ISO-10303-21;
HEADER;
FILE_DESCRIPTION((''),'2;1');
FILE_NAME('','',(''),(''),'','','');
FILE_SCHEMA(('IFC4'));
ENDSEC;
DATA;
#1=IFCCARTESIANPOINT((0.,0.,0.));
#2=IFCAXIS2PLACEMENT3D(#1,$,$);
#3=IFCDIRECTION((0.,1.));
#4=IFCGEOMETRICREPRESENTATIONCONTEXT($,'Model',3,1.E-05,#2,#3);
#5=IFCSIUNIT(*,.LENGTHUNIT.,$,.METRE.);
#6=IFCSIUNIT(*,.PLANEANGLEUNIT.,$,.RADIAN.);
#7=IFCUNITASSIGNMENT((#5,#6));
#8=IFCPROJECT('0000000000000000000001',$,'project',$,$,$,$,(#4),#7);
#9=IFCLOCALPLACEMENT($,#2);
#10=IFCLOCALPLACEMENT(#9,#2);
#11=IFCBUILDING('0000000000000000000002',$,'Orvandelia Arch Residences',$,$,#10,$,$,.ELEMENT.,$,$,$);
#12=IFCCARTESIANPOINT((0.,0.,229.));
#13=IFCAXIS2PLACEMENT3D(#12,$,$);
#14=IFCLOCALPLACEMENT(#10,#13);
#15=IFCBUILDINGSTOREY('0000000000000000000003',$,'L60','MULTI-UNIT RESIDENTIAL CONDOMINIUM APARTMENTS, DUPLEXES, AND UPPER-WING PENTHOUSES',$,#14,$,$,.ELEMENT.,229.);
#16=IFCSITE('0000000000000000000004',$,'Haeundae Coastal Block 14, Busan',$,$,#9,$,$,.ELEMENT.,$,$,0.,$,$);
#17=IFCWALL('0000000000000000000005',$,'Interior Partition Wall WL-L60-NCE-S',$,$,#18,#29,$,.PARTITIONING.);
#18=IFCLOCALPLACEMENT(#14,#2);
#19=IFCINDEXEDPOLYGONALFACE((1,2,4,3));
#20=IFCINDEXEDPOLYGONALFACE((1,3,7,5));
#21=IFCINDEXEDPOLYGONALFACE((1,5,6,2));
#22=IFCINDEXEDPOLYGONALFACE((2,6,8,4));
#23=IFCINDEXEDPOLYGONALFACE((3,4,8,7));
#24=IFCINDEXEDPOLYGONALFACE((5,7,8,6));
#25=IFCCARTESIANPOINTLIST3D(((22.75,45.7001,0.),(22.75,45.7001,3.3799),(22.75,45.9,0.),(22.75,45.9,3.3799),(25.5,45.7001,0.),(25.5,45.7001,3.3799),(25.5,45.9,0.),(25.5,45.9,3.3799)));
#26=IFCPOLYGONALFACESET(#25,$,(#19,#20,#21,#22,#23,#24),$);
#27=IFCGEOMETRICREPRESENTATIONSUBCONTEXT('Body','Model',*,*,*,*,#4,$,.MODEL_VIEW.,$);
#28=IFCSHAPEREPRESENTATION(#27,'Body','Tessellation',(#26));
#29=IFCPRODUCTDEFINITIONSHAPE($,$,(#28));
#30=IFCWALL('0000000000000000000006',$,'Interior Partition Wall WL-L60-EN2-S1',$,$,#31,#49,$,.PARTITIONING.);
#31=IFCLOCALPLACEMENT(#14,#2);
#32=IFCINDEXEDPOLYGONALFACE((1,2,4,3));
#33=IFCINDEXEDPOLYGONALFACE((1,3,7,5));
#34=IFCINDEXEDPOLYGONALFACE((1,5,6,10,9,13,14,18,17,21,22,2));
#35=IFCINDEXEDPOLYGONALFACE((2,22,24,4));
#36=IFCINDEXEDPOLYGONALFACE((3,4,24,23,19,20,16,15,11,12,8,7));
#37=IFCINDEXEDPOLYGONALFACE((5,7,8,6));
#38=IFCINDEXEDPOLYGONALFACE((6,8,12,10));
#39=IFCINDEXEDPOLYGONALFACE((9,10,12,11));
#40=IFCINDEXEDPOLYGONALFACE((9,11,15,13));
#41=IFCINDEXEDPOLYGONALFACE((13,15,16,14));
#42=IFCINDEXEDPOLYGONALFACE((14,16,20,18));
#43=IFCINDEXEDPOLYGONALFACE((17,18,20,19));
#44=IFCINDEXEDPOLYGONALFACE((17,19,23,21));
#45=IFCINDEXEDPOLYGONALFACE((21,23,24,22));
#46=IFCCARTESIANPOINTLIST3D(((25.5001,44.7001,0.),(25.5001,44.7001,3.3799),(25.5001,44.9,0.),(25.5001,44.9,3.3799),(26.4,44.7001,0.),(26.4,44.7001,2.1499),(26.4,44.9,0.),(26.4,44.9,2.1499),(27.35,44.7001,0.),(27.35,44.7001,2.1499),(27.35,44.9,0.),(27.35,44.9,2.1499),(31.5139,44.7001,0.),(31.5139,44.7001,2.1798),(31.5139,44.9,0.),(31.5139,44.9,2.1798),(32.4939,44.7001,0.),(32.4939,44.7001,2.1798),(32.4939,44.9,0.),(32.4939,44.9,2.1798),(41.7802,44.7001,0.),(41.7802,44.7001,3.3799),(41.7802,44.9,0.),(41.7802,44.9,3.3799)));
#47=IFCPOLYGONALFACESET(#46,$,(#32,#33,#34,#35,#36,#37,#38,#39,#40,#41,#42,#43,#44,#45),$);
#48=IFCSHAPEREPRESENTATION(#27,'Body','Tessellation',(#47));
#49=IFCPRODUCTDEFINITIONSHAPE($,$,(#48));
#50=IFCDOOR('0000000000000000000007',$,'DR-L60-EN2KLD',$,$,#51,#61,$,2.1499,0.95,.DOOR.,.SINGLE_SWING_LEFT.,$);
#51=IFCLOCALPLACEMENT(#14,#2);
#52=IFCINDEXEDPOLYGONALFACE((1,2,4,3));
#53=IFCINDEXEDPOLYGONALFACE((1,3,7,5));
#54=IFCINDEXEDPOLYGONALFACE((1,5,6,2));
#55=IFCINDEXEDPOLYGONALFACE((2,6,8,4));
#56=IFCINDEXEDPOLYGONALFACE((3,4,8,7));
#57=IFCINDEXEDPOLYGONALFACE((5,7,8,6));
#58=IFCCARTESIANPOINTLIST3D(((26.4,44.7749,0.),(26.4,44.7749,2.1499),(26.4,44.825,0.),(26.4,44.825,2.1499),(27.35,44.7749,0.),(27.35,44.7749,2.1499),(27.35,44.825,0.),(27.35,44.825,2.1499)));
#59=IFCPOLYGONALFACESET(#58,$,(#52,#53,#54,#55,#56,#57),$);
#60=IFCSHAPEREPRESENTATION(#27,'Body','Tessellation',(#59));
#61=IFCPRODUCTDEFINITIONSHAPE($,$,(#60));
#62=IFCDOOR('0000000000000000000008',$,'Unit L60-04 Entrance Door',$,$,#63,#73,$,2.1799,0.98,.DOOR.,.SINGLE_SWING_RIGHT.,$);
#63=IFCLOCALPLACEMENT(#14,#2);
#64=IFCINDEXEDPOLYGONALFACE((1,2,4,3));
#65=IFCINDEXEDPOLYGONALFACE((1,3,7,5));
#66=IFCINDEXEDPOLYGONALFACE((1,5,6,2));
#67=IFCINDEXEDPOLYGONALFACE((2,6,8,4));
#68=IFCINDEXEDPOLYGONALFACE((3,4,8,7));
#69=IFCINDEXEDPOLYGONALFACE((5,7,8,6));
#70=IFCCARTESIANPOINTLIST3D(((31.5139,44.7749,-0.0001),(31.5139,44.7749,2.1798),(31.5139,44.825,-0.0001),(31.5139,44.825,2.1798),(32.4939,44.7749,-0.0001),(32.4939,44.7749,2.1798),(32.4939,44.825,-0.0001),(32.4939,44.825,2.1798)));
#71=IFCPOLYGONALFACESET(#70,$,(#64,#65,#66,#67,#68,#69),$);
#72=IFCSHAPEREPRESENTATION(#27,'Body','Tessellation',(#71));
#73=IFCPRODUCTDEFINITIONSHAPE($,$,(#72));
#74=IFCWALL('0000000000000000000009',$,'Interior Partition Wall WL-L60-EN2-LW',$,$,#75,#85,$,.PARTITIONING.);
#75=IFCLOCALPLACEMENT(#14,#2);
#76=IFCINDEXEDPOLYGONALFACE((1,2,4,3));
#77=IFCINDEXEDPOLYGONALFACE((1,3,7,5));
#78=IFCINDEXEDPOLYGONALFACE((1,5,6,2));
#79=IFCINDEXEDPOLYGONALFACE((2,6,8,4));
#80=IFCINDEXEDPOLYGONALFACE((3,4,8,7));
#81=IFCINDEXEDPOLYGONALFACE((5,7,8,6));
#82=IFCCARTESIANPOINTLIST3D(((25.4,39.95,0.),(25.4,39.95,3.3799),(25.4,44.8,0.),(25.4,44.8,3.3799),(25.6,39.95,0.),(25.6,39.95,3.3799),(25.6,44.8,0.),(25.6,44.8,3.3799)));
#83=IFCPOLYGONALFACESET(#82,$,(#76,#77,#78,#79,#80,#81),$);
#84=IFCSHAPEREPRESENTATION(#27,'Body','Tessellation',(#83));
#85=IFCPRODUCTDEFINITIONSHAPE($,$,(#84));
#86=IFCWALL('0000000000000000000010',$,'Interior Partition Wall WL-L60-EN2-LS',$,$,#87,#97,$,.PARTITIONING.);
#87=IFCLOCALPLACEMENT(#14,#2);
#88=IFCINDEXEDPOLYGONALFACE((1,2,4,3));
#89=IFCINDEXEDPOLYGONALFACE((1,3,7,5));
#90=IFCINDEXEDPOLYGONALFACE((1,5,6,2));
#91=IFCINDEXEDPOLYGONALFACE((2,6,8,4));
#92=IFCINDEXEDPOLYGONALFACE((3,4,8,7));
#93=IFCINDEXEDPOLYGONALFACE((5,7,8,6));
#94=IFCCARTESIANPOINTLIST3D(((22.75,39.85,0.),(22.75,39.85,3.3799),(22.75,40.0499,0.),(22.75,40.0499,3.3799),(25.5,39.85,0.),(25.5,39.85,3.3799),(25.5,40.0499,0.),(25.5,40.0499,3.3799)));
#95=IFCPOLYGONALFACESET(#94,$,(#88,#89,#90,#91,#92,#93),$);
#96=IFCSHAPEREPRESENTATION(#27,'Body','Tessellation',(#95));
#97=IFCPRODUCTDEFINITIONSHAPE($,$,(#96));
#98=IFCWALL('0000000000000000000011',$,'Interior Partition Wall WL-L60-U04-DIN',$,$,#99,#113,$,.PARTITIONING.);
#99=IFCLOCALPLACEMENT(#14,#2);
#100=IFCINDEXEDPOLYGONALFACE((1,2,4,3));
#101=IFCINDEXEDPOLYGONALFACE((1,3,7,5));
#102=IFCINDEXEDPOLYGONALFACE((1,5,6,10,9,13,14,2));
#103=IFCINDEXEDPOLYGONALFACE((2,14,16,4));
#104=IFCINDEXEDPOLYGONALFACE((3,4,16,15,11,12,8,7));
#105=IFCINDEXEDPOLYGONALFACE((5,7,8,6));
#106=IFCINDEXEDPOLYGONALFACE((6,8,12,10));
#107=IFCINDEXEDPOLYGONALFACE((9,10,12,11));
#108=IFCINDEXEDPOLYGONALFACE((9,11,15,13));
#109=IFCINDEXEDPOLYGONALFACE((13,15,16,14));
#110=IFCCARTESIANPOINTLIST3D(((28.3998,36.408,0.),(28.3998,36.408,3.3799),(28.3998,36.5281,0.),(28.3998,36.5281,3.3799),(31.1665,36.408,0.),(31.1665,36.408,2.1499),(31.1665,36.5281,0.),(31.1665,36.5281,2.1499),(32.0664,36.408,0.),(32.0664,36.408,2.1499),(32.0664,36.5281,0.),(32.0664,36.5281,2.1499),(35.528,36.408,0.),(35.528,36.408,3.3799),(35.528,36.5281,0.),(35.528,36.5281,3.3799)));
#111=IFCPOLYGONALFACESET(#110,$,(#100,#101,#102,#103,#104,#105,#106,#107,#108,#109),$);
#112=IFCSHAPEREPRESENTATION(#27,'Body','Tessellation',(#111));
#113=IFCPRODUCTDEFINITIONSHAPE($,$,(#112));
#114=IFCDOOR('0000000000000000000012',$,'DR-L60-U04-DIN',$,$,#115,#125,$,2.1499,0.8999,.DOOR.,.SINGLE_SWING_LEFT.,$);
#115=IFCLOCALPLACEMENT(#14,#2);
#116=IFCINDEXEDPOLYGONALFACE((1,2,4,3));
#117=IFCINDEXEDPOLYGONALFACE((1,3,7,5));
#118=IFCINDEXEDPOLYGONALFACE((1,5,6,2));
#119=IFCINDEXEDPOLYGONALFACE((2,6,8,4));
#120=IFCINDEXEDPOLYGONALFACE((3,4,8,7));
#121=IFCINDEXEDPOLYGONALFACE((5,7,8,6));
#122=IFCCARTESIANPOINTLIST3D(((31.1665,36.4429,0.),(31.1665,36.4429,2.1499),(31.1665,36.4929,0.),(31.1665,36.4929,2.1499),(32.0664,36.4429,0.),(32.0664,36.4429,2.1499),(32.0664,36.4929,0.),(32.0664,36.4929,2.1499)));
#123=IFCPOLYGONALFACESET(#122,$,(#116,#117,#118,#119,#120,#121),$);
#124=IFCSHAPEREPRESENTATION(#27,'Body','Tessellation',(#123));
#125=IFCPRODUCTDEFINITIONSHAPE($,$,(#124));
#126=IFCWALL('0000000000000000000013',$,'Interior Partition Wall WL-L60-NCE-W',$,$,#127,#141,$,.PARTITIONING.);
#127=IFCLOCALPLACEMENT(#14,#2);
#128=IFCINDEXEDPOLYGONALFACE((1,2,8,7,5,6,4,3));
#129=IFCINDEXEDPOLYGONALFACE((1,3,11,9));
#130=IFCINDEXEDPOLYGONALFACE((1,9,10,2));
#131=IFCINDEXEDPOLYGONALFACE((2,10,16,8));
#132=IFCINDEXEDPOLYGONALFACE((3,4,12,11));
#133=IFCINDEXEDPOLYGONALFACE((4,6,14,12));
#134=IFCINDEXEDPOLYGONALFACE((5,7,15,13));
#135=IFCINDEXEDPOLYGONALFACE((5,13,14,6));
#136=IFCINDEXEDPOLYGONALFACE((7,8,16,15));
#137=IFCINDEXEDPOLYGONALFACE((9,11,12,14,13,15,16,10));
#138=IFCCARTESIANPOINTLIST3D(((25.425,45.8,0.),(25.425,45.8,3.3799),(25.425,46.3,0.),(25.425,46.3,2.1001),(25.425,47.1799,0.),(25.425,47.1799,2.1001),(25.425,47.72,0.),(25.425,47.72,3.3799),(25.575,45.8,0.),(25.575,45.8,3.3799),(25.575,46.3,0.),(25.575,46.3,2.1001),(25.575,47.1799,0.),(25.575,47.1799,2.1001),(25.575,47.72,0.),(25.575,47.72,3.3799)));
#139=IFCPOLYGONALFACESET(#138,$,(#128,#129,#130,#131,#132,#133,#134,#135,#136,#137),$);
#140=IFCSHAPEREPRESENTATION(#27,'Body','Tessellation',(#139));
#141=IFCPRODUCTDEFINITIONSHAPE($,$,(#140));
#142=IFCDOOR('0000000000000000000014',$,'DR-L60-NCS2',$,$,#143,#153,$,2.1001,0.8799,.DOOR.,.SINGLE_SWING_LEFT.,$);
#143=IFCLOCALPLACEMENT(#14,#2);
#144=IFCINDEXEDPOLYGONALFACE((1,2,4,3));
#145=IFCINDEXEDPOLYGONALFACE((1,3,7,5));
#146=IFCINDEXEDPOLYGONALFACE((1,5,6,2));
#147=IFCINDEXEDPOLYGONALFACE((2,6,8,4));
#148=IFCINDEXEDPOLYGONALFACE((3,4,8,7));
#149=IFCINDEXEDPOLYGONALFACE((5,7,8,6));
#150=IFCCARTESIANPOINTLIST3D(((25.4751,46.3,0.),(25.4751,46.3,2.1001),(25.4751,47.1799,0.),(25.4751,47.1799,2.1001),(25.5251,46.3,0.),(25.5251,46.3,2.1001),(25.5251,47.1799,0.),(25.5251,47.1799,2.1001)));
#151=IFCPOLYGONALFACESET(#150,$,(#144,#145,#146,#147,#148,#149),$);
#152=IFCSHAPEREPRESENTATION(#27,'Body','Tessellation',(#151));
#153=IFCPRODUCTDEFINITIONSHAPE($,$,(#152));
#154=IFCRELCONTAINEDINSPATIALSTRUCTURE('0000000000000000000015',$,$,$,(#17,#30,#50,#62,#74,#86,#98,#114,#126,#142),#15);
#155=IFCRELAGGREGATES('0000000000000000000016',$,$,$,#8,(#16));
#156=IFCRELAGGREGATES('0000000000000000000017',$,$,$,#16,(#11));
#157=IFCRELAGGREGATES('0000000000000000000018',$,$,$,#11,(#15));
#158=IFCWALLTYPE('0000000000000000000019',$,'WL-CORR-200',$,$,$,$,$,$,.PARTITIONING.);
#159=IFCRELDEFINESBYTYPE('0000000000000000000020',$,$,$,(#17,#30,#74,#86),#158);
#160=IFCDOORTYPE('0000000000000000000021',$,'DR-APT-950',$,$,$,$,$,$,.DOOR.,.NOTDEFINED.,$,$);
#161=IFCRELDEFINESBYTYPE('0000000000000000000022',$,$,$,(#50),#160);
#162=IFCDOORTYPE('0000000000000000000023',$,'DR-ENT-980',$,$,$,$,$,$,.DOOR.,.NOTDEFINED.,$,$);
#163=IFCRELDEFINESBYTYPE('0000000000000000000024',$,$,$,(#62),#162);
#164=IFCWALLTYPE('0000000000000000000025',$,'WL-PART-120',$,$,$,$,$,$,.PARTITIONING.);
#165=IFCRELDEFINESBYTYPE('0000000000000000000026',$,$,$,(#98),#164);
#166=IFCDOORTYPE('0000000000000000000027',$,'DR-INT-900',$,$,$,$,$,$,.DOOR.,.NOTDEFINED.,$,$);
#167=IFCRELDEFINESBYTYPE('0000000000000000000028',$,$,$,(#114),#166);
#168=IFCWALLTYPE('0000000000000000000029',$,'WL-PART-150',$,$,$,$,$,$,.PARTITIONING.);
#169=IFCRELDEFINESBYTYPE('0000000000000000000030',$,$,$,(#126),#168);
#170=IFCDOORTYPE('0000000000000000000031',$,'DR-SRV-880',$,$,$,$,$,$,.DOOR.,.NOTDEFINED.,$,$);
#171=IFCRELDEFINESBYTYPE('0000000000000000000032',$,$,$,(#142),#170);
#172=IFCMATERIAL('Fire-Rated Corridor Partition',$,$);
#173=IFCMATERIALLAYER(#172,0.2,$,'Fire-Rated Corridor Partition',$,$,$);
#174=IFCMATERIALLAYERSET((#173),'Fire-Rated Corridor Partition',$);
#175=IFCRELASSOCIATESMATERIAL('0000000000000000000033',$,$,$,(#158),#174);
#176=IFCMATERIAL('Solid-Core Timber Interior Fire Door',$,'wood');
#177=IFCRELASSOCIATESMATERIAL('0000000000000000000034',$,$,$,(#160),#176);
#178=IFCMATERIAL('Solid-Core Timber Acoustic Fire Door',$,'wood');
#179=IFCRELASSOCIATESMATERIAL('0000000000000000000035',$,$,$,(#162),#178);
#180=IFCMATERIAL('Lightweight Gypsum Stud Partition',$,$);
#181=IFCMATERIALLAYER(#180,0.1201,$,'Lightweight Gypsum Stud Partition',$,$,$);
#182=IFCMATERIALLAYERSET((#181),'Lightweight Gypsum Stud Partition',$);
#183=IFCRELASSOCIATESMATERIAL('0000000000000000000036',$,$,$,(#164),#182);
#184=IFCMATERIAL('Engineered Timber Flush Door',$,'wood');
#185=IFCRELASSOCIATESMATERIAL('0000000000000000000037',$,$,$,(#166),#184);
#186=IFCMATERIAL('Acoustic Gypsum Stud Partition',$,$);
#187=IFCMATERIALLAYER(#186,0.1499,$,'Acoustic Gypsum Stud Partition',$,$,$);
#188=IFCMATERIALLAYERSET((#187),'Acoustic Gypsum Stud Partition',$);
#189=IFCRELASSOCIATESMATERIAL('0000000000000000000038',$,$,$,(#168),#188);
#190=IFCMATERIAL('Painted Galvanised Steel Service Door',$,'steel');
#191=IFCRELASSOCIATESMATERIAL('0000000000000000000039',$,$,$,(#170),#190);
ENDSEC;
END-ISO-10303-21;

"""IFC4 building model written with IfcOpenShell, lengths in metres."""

from ifc_helpers import new_model, si_unit, direction, frame, frame_2d, origin, place, context, subcontext, project, spatial, rectangle, extrude, material, layer, layer_set, type_object, element, fill, save


model = new_model("IFC4")

# Units and contexts
model_context = context("Model", 3, precision=1e-05, world=origin(), true_north=direction((0.0, 1.0)))
body_context = subcontext(model_context, "Body", "Model", "MODEL_VIEW")
ifc_project = project(units=[si_unit("LENGTHUNIT", "METRE"), si_unit("PLANEANGLEUNIT", "RADIAN")], contexts=[model_context])

# Site, building, storey
site_placement = place(None, origin())
site = spatial("IfcSite", under=ifc_project, at=site_placement, Name="Haeundae Coastal Block 14, Busan", CompositionType="ELEMENT", RefElevation=0.0)
building_placement = place(site_placement, origin())
building = spatial("IfcBuilding", under=site, at=building_placement, Name="Orvandelia Arch Residences", CompositionType="ELEMENT")
storey_placement = place(building_placement, frame((0.0, 0.0, 229.0)))
storey = spatial("IfcBuildingStorey", under=building, at=storey_placement, Name="L60", Description="MULTI-UNIT RESIDENTIAL CONDOMINIUM APARTMENTS, DUPLEXES, AND UPPER-WING PENTHOUSES", CompositionType="ELEMENT", Elevation=229.0)

# Wall
ifc_material_1 = material(Name="Fire-Rated Corridor Partition")
ifc_layer_1 = layer(ifc_material_1, 0.2, Name="Fire-Rated Corridor Partition")
ifc_layer_set_1 = layer_set([ifc_layer_1], Name="Fire-Rated Corridor Partition")
wall_type_1 = type_object("IfcWallType", Name="WL-CORR-200", PredefinedType="PARTITIONING", material=ifc_layer_set_1)
wall_1_placement = place(storey_placement, frame((22.75, 45.8, 0.0), z_axis=(0.0, 0.0, 1.0), x_axis=(1.0, 0.0, 0.0)))
element("IfcWall", 1, at=wall_1_placement, inside=storey, type_object=wall_type_1, Name="Interior Partition Wall WL-L60-NCE-S", PredefinedType="PARTITIONING", context=body_context, shape_type="SweptSolid", body=[
    extrude(rectangle(XDim=2.75, YDim=0.2, at=frame_2d((1.375, 0.0))), origin(), (0.0, 0.0, 1.0), 3.3799),
])

# Wall, openings, doors
wall_2_placement = place(storey_placement, frame((25.5, 44.8, 0.0), z_axis=(0.0, 0.0, 1.0), x_axis=(1.0, 0.0, 0.0)))
wall_2 = element("IfcWall", 2, at=wall_2_placement, inside=storey, type_object=wall_type_1, Name="Interior Partition Wall WL-L60-EN2-S1", PredefinedType="PARTITIONING", context=body_context, shape_type="SweptSolid", body=[
    extrude(rectangle(XDim=16.28, YDim=0.2, at=frame_2d((8.1401, 0.0))), origin(), (0.0, 0.0, 1.0), 3.3799),
])
opening_1_placement = place(wall_2_placement, frame((0.8999, 0.0, 0.0)))
opening_1 = element("IfcOpeningElement", 3, at=opening_1_placement, cuts=wall_2, PredefinedType="OPENING", context=body_context, shape_type="SweptSolid", body=[
    extrude(rectangle(XDim=0.95, YDim=2.1499, at=frame_2d((0.4751, 1.075))), frame((0.0, 0.1099, 0.0), z_axis=(0.0, -1.0, 0.0), x_axis=(1.0, 0.0, 0.0)), (0.0, 0.0, 1.0), 0.22),
])
opening_2_placement = place(wall_2_placement, frame((6.0139, 0.0, 0.0)))
opening_2 = element("IfcOpeningElement", 4, at=opening_2_placement, cuts=wall_2, PredefinedType="OPENING", context=body_context, shape_type="SweptSolid", body=[
    extrude(rectangle(XDim=0.98, YDim=2.1799, at=frame_2d((0.49, 1.0898))), frame((0.0, 0.1099, 0.0), z_axis=(0.0, -1.0, 0.0), x_axis=(1.0, 0.0, 0.0)), (0.0, 0.0, 1.0), 0.22),
])
ifc_material_2 = material(Name="Solid-Core Timber Interior Fire Door", Category="wood")
door_type_1 = type_object("IfcDoorType", Name="DR-APT-950", OperationType="NOTDEFINED", PredefinedType="DOOR", material=ifc_material_2)
door_1_placement = place(opening_1_placement, origin())
door_1 = element("IfcDoor", 5, at=door_1_placement, inside=storey, type_object=door_type_1, Name="DR-L60-EN2KLD", OperationType="SINGLE_SWING_LEFT", OverallHeight=2.1499, OverallWidth=0.95, PredefinedType="DOOR", context=body_context, shape_type="SweptSolid", body=[
    extrude(rectangle(XDim=0.95, YDim=2.1499, at=frame_2d((0.4751, 1.075))), frame((0.0, 0.0249, 0.0), z_axis=(0.0, -1.0, 0.0), x_axis=(1.0, 0.0, 0.0)), (0.0, 0.0, 1.0), 0.05),
])
fill(opening_1, door_1)
ifc_material_3 = material(Name="Solid-Core Timber Acoustic Fire Door", Category="wood")
door_type_2 = type_object("IfcDoorType", Name="DR-ENT-980", OperationType="NOTDEFINED", PredefinedType="DOOR", material=ifc_material_3)
door_2_placement = place(opening_2_placement, origin())
door_2 = element("IfcDoor", 6, at=door_2_placement, inside=storey, type_object=door_type_2, Name="Unit L60-04 Entrance Door", OperationType="SINGLE_SWING_RIGHT", OverallHeight=2.1799, OverallWidth=0.98, PredefinedType="DOOR", context=body_context, shape_type="SweptSolid", body=[
    extrude(rectangle(XDim=0.98, YDim=2.1799, at=frame_2d((0.49, 1.0898))), frame((0.0, 0.0249, 0.0), z_axis=(0.0, -1.0, 0.0), x_axis=(1.0, 0.0, 0.0)), (0.0, 0.0, 1.0), 0.05),
])
fill(opening_2, door_2)

# Walls
wall_3_placement = place(storey_placement, frame((25.5, 39.95, 0.0), z_axis=(0.0, 0.0, 1.0), x_axis=(0.0, 1.0, 0.0)))
element("IfcWall", 7, at=wall_3_placement, inside=storey, type_object=wall_type_1, Name="Interior Partition Wall WL-L60-EN2-LW", PredefinedType="PARTITIONING", context=body_context, shape_type="SweptSolid", body=[
    extrude(rectangle(XDim=4.8501, YDim=0.2, at=frame_2d((2.425, 0.0))), origin(), (0.0, 0.0, 1.0), 3.3799),
])
wall_4_placement = place(storey_placement, frame((22.75, 39.95, 0.0), z_axis=(0.0, 0.0, 1.0), x_axis=(1.0, 0.0, 0.0)))
element("IfcWall", 8, at=wall_4_placement, inside=storey, type_object=wall_type_1, Name="Interior Partition Wall WL-L60-EN2-LS", PredefinedType="PARTITIONING", context=body_context, shape_type="SweptSolid", body=[
    extrude(rectangle(XDim=2.75, YDim=0.2, at=frame_2d((1.375, 0.0))), origin(), (0.0, 0.0, 1.0), 3.3799),
])

# Walls, openings, doors
ifc_material_4 = material(Name="Lightweight Gypsum Stud Partition")
ifc_layer_2 = layer(ifc_material_4, 0.1201, Name="Lightweight Gypsum Stud Partition")
ifc_layer_set_2 = layer_set([ifc_layer_2], Name="Lightweight Gypsum Stud Partition")
wall_type_2 = type_object("IfcWallType", Name="WL-PART-120", PredefinedType="PARTITIONING", material=ifc_layer_set_2)
wall_5_placement = place(storey_placement, frame((28.3999, 36.468, 0.0), z_axis=(0.0, 0.0, 1.0), x_axis=(1.0, 0.0, 0.0)))
wall_5 = element("IfcWall", 9, at=wall_5_placement, inside=storey, type_object=wall_type_2, Name="Interior Partition Wall WL-L60-U04-DIN", PredefinedType="PARTITIONING", context=body_context, shape_type="SweptSolid", body=[
    extrude(rectangle(XDim=7.1282, YDim=0.1201, at=frame_2d((3.564, 0.0))), origin(), (0.0, 0.0, 1.0), 3.3799),
])
opening_3_placement = place(wall_5_placement, frame((2.7666, 0.0, 0.0)))
opening_3 = element("IfcOpeningElement", 10, at=opening_3_placement, cuts=wall_5, PredefinedType="OPENING", context=body_context, shape_type="SweptSolid", body=[
    extrude(rectangle(XDim=0.8999, YDim=2.1499, at=frame_2d((0.45, 1.075))), frame((0.0, 0.0701, 0.0), z_axis=(0.0, -1.0, 0.0), x_axis=(1.0, 0.0, 0.0)), (0.0, 0.0, 1.0), 0.1401),
])
ifc_material_5 = material(Name="Engineered Timber Flush Door", Category="wood")
door_type_3 = type_object("IfcDoorType", Name="DR-INT-900", OperationType="NOTDEFINED", PredefinedType="DOOR", material=ifc_material_5)
door_3_placement = place(opening_3_placement, origin())
door_3 = element("IfcDoor", 11, at=door_3_placement, inside=storey, type_object=door_type_3, Name="DR-L60-U04-DIN", OperationType="SINGLE_SWING_LEFT", OverallHeight=2.1499, OverallWidth=0.8999, PredefinedType="DOOR", context=body_context, shape_type="SweptSolid", body=[
    extrude(rectangle(XDim=0.8999, YDim=2.1499, at=frame_2d((0.45, 1.075))), frame((0.0, 0.0249, 0.0), z_axis=(0.0, -1.0, 0.0), x_axis=(1.0, 0.0, 0.0)), (0.0, 0.0, 1.0), 0.05),
])
fill(opening_3, door_3)
ifc_material_6 = material(Name="Acoustic Gypsum Stud Partition")
ifc_layer_3 = layer(ifc_material_6, 0.1499, Name="Acoustic Gypsum Stud Partition")
ifc_layer_set_3 = layer_set([ifc_layer_3], Name="Acoustic Gypsum Stud Partition")
wall_type_3 = type_object("IfcWallType", Name="WL-PART-150", PredefinedType="PARTITIONING", material=ifc_layer_set_3)
wall_6_placement = place(storey_placement, frame((25.5, 45.8, 0.0), z_axis=(0.0, 0.0, 1.0), x_axis=(0.0, 1.0, 0.0)))
wall_6 = element("IfcWall", 12, at=wall_6_placement, inside=storey, type_object=wall_type_3, Name="Interior Partition Wall WL-L60-NCE-W", PredefinedType="PARTITIONING", context=body_context, shape_type="SweptSolid", body=[
    extrude(rectangle(XDim=1.9199, YDim=0.1499, at=frame_2d((0.96, 0.0))), origin(), (0.0, 0.0, 1.0), 3.3799),
])
opening_4_placement = place(wall_6_placement, frame((0.5, 0.0, 0.0)))
opening_4 = element("IfcOpeningElement", 13, at=opening_4_placement, cuts=wall_6, PredefinedType="OPENING", context=body_context, shape_type="SweptSolid", body=[
    extrude(rectangle(XDim=0.8799, YDim=2.1001, at=frame_2d((0.4399, 1.05))), frame((0.0, 0.085, 0.0), z_axis=(0.0, -1.0, 0.0), x_axis=(1.0, 0.0, 0.0)), (0.0, 0.0, 1.0), 0.1699),
])
ifc_material_7 = material(Name="Painted Galvanised Steel Service Door", Category="steel")
door_type_4 = type_object("IfcDoorType", Name="DR-SRV-880", OperationType="NOTDEFINED", PredefinedType="DOOR", material=ifc_material_7)
door_4_placement = place(opening_4_placement, origin())
door_4 = element("IfcDoor", 14, at=door_4_placement, inside=storey, type_object=door_type_4, Name="DR-L60-NCS2", OperationType="SINGLE_SWING_LEFT", OverallHeight=2.1001, OverallWidth=0.8799, PredefinedType="DOOR", context=body_context, shape_type="SweptSolid", body=[
    extrude(rectangle(XDim=0.8799, YDim=2.1001, at=frame_2d((0.4399, 1.05))), frame((0.0, 0.0249, 0.0), z_axis=(0.0, -1.0, 0.0), x_axis=(1.0, 0.0, 0.0)), (0.0, 0.0, 1.0), 0.05),
])
fill(opening_4, door_4)

save(model, "model.ifc")
